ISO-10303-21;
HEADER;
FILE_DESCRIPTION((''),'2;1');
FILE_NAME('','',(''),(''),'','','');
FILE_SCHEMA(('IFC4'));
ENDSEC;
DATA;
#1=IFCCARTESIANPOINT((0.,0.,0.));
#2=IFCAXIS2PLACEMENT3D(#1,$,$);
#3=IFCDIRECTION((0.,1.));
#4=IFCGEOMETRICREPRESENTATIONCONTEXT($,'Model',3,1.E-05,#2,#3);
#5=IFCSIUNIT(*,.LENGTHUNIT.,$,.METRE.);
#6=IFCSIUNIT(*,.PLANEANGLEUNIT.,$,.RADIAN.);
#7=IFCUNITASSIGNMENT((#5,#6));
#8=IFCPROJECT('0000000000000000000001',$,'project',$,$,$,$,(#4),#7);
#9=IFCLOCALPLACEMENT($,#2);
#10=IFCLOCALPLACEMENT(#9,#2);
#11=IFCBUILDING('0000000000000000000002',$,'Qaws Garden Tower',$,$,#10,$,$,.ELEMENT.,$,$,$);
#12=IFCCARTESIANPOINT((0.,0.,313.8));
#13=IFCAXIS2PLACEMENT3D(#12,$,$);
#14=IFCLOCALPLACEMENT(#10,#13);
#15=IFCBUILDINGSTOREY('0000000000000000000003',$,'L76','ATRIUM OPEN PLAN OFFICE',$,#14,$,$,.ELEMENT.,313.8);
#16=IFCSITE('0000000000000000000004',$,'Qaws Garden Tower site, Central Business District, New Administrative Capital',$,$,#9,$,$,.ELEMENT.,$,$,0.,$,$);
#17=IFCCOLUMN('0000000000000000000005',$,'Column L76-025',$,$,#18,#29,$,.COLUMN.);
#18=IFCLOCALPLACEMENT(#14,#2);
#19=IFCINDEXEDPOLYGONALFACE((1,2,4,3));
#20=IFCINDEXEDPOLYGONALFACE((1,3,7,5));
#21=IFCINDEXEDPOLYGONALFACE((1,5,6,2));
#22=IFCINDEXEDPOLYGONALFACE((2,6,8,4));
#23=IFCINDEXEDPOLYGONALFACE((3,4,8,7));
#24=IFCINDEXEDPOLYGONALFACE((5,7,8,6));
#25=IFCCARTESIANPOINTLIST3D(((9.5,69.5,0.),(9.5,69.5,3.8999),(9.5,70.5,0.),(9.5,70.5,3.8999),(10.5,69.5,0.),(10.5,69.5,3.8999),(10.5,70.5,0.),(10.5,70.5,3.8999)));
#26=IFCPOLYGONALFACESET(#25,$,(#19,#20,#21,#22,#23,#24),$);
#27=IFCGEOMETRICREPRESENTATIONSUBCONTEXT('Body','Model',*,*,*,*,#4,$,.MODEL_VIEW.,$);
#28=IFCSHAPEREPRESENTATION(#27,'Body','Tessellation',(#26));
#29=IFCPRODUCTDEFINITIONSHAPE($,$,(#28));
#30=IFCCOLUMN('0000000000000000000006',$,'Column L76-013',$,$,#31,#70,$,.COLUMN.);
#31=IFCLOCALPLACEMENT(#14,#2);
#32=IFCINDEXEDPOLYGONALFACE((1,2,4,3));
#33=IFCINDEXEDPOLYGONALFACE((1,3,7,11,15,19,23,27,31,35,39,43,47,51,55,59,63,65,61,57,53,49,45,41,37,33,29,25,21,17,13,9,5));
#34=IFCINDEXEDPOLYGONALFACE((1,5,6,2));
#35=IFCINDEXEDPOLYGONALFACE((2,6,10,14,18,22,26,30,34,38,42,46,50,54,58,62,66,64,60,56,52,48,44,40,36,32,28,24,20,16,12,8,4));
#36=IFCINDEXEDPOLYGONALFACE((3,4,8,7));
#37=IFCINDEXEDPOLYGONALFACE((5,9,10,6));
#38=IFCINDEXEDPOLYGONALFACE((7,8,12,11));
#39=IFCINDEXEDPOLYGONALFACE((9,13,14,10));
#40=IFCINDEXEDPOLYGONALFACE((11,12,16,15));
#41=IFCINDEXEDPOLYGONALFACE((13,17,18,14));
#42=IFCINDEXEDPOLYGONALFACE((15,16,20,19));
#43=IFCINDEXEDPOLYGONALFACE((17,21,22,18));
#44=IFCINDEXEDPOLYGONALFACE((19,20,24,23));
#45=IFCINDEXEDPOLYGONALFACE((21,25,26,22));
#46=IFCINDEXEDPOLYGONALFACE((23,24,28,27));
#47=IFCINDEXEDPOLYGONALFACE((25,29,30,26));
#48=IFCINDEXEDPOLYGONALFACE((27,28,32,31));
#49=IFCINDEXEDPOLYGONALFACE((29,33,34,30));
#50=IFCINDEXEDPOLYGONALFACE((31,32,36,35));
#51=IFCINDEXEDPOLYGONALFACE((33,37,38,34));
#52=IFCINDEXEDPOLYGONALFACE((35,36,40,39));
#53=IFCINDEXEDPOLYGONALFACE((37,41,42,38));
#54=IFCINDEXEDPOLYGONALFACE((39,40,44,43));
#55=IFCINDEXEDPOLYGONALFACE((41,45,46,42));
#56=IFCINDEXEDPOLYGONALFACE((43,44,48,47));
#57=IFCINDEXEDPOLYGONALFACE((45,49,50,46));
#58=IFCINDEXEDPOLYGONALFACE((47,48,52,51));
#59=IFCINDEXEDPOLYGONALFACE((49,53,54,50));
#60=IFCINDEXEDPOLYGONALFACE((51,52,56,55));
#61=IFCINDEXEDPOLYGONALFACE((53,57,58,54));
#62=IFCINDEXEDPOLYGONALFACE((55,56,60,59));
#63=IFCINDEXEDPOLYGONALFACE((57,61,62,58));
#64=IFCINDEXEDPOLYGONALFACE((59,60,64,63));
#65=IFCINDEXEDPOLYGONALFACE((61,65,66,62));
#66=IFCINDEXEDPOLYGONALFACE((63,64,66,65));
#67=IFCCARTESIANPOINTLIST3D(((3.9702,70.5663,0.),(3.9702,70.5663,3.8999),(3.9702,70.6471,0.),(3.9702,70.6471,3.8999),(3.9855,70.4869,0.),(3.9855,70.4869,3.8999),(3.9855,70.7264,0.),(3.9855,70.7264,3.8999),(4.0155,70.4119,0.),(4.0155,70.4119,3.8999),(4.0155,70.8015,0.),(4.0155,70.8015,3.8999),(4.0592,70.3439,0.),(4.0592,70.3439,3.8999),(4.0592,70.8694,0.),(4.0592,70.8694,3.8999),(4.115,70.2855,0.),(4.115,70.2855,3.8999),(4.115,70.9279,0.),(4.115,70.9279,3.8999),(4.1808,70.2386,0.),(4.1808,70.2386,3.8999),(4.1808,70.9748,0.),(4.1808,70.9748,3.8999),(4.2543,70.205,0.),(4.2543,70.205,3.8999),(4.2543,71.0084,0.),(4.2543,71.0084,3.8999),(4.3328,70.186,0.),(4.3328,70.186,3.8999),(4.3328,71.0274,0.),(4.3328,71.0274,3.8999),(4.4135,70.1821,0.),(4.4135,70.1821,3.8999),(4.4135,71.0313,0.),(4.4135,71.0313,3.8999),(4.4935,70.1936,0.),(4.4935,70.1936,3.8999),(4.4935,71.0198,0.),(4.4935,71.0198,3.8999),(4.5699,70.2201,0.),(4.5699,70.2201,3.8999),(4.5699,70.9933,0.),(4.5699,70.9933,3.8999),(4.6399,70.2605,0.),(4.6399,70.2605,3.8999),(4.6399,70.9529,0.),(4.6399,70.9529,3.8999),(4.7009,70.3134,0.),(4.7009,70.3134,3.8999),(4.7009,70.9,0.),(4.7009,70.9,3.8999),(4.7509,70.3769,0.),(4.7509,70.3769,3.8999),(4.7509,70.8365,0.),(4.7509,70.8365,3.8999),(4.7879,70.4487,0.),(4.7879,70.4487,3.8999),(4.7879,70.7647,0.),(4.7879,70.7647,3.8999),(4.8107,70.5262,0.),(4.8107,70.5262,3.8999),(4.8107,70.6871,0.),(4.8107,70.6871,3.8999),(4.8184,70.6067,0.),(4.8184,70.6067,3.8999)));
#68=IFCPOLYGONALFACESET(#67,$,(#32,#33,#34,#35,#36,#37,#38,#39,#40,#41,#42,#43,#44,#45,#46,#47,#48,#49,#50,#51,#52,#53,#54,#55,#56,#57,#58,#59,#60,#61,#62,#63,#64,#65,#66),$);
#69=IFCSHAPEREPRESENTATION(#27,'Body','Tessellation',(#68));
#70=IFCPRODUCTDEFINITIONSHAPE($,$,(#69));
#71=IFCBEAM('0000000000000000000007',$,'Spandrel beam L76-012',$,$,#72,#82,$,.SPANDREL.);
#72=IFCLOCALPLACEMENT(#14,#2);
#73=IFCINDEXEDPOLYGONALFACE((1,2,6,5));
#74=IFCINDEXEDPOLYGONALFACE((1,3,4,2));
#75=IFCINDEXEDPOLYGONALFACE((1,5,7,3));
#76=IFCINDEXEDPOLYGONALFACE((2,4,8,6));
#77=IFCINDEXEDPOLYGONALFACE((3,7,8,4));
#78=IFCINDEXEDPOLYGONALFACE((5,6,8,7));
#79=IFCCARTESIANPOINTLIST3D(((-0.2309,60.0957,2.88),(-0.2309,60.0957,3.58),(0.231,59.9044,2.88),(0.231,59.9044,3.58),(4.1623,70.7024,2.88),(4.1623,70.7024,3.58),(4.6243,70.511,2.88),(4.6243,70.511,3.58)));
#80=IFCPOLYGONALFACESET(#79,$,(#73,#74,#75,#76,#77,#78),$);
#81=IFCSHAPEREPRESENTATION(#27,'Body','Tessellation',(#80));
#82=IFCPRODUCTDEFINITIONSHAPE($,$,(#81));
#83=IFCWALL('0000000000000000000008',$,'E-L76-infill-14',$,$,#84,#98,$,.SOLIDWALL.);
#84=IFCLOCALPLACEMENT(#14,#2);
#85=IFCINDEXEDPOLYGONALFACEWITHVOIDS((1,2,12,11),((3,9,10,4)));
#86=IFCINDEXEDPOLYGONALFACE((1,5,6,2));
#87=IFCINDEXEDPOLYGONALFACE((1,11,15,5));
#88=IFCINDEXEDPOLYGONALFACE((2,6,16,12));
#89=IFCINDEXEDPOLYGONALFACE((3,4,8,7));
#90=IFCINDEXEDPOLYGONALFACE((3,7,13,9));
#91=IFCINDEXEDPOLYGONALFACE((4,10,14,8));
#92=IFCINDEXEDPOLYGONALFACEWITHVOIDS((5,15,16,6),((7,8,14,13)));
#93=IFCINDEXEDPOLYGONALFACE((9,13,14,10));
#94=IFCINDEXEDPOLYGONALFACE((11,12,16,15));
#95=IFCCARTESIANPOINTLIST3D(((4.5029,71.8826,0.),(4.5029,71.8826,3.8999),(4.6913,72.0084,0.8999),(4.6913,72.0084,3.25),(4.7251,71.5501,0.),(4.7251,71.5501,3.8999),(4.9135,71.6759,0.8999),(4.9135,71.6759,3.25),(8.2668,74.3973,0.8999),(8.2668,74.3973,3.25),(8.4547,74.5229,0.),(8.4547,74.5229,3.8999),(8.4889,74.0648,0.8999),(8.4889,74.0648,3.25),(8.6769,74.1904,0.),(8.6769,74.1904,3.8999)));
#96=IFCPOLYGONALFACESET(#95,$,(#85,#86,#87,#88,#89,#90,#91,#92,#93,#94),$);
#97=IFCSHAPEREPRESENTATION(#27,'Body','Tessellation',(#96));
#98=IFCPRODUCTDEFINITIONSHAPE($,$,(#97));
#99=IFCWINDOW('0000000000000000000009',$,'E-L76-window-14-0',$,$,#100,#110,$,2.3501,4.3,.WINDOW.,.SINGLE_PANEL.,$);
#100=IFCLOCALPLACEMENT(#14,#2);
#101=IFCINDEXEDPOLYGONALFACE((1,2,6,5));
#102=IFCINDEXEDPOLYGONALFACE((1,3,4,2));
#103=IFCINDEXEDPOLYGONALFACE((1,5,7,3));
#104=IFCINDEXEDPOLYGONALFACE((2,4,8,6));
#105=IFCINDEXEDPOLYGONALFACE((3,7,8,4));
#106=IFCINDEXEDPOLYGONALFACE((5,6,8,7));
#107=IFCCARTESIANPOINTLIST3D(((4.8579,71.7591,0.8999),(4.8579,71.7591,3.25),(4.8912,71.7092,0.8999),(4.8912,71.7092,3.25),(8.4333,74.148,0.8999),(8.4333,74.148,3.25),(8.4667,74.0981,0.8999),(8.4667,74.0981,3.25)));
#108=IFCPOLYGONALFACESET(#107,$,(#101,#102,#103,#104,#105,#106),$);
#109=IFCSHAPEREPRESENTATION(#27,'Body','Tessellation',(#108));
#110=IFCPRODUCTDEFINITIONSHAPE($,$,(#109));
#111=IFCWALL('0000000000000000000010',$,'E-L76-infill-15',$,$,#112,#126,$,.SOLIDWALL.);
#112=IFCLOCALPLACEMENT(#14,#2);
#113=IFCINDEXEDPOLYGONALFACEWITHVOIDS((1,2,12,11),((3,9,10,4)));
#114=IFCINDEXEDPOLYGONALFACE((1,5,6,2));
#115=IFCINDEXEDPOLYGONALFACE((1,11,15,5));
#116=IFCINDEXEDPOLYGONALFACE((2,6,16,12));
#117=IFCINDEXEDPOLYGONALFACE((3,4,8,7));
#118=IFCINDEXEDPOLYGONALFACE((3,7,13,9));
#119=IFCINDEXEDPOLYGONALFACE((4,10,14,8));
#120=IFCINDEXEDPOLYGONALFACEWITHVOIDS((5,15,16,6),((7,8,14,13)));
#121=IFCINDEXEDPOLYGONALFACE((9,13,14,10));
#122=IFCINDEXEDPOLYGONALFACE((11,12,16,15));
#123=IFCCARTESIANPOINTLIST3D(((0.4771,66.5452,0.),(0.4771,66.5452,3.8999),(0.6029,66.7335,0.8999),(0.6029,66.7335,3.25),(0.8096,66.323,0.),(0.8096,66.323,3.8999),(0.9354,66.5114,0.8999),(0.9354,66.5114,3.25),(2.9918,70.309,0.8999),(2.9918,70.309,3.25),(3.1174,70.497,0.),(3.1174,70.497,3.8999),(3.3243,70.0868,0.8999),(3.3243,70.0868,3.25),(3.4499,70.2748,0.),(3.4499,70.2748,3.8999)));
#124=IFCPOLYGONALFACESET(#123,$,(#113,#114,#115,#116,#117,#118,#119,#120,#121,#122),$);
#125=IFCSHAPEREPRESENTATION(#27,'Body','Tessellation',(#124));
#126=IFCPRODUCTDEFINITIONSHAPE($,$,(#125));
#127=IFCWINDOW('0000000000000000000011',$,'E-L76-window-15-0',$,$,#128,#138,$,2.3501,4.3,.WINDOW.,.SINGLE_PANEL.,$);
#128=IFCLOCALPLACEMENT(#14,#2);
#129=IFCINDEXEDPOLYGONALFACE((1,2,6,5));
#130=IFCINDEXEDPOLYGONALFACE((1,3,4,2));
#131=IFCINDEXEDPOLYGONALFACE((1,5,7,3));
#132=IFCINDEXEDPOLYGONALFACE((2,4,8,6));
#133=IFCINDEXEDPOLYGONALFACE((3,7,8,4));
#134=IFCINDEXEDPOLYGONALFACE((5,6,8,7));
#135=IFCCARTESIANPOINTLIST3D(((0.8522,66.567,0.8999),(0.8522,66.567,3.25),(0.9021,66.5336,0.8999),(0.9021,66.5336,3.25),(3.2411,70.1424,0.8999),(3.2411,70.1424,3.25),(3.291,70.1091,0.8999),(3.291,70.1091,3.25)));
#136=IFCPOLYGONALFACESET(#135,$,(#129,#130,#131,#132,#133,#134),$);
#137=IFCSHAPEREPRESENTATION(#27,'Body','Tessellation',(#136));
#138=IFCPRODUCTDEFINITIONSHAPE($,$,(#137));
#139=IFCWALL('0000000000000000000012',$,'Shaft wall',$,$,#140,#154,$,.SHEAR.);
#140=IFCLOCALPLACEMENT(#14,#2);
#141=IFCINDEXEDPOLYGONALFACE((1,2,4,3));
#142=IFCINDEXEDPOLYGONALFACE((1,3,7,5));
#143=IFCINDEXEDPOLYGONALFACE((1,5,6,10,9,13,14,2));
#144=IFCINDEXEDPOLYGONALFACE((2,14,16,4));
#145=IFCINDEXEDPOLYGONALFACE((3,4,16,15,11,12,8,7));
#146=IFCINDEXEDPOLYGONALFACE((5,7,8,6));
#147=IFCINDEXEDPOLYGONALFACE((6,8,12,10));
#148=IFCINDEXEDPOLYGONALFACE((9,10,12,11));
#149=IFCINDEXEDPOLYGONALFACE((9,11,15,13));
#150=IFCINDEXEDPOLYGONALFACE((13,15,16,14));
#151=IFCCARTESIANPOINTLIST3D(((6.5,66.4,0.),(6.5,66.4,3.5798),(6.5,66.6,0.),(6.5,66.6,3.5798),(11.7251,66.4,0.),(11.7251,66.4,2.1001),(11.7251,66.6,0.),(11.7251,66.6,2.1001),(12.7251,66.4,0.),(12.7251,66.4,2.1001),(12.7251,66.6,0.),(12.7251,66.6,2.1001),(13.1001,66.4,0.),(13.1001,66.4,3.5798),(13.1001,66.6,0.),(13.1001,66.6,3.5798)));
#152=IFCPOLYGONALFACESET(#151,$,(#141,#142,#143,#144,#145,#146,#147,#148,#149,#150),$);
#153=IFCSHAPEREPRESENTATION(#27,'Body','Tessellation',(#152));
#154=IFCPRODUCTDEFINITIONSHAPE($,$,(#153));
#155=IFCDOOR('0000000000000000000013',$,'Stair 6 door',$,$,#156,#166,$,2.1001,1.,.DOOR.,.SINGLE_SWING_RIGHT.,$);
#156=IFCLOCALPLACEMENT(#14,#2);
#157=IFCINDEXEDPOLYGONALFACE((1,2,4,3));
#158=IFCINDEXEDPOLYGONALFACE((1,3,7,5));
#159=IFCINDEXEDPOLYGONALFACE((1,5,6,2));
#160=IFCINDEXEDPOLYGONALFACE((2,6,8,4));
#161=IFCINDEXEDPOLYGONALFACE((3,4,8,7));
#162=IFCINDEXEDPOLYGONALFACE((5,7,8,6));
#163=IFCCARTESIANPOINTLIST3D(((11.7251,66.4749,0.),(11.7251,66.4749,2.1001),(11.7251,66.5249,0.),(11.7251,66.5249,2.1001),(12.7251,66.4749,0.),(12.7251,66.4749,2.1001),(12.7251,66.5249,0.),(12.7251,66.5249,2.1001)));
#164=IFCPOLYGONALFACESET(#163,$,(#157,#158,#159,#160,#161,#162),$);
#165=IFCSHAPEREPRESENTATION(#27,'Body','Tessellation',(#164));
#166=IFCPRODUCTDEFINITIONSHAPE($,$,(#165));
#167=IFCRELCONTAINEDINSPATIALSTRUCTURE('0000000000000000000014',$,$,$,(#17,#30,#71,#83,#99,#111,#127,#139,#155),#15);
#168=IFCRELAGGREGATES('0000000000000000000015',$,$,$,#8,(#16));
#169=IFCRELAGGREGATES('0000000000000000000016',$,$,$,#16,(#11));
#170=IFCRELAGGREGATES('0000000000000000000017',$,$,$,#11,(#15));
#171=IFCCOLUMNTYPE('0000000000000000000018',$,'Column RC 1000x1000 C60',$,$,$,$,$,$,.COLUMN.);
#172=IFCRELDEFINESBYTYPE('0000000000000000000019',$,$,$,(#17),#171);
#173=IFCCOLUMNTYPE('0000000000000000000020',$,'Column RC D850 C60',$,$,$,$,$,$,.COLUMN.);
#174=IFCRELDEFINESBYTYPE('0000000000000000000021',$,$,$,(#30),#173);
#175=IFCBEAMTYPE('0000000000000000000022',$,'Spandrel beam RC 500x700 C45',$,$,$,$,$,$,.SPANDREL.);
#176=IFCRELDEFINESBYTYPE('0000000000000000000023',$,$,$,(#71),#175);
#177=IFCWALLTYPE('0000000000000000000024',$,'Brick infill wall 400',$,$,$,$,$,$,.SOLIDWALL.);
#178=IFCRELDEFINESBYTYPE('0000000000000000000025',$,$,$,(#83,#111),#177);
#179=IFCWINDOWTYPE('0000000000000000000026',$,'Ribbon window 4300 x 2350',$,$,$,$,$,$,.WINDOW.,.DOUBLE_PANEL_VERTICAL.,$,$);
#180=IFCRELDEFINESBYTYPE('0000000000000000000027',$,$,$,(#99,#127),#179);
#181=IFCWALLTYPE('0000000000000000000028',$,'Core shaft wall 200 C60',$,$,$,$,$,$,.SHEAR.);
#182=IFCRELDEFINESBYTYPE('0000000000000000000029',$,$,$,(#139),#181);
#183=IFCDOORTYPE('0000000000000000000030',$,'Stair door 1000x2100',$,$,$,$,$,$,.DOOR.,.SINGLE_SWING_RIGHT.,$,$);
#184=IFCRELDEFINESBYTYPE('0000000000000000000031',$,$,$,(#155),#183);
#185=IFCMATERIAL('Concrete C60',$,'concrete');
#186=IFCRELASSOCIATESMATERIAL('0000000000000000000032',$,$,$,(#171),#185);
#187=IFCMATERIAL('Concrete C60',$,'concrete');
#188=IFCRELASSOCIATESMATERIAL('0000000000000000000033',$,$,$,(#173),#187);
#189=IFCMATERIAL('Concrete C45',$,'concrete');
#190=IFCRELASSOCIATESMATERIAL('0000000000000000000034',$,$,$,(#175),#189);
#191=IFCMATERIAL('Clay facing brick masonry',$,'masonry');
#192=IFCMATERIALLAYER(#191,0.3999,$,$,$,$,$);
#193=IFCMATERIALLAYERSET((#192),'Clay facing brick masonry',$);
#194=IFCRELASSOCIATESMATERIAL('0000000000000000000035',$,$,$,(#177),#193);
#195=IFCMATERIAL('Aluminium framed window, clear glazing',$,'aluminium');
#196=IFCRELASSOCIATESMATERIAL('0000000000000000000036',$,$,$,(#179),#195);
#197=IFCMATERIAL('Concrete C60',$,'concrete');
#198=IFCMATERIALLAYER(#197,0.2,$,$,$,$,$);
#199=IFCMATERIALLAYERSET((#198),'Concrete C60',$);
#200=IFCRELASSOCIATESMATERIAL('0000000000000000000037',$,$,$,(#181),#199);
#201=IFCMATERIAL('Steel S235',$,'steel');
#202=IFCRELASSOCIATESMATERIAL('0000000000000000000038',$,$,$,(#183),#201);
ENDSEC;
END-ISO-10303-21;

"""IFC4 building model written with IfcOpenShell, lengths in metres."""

from ifc_helpers import new_model, si_unit, direction, frame, frame_2d, origin, origin_2d, place, context, subcontext, project, spatial, rectangle, circle, extrude, material, layer, layer_set, material_profile, profile_set, type_object, element, fill, save


model = new_model("IFC4")

# Units and contexts
model_context = context("Model", 3, precision=1e-05, world=origin(), true_north=direction((0.0, 1.0)))
body_context = subcontext(model_context, "Body", "Model", "MODEL_VIEW")
ifc_project = project(units=[si_unit("LENGTHUNIT", "METRE"), si_unit("PLANEANGLEUNIT", "RADIAN")], contexts=[model_context])

# Site, building, storey
site_placement = place(None, origin())
site = spatial("IfcSite", under=ifc_project, at=site_placement, Name="Qaws Garden Tower site, Central Business District, New Administrative Capital", CompositionType="ELEMENT", RefElevation=0.0)
building_placement = place(site_placement, origin())
building = spatial("IfcBuilding", under=site, at=building_placement, Name="Qaws Garden Tower", CompositionType="ELEMENT")
storey_placement = place(building_placement, frame((0.0, 0.0, 313.8)))
storey = spatial("IfcBuildingStorey", under=building, at=storey_placement, Name="L76", Description="ATRIUM OPEN PLAN OFFICE", CompositionType="ELEMENT", Elevation=313.8)

# Columns
ifc_material_1 = material(Name="Concrete C60", Category="concrete")
ifc_material_profile_1 = material_profile(ifc_material_1, rectangle(XDim=1.0, YDim=1.0, at=origin_2d()), Name="RC 1000x1000")
ifc_profile_set_1 = profile_set([ifc_material_profile_1], Name="Concrete C60")
column_type_1 = type_object("IfcColumnType", Name="Column RC 1000x1000 C60", PredefinedType="COLUMN", material=ifc_profile_set_1)
column_1_placement = place(storey_placement, frame((10.0, 70.0, 0.0), z_axis=(0.0, 0.0, 1.0), x_axis=(1.0, 0.0, 0.0)))
element("IfcColumn", 1, at=column_1_placement, inside=storey, type_object=column_type_1, Name="Column L76-025", PredefinedType="COLUMN", context=body_context, shape_type="SweptSolid", body=[
    extrude(rectangle(XDim=1.0, YDim=1.0, at=origin_2d()), origin(), (0.0, 0.0, 1.0), 3.8999),
])
ifc_material_2 = material(Name="Concrete C60", Category="concrete")
ifc_material_profile_2 = material_profile(ifc_material_2, circle(Radius=0.425, at=origin_2d()), Name="RC D850")
ifc_profile_set_2 = profile_set([ifc_material_profile_2], Name="Concrete C60")
column_type_2 = type_object("IfcColumnType", Name="Column RC D850 C60", PredefinedType="COLUMN", material=ifc_profile_set_2)
column_2_placement = place(storey_placement, frame((4.3933, 70.6067, 0.0), z_axis=(0.0, 0.0, 1.0), x_axis=(1.0, 0.0, 0.0)))
element("IfcColumn", 2, at=column_2_placement, inside=storey, type_object=column_type_2, Name="Column L76-013", PredefinedType="COLUMN", context=body_context, shape_type="SweptSolid", body=[
    extrude(circle(Radius=0.425, at=origin_2d()), origin(), (0.0, 0.0, 1.0), 3.8999),
])

# Beam
ifc_material_3 = material(Name="Concrete C45", Category="concrete")
ifc_material_profile_3 = material_profile(ifc_material_3, rectangle(XDim=0.5, YDim=0.7, at=origin_2d()), Name="RC 500x700")
ifc_profile_set_3 = profile_set([ifc_material_profile_3], Name="Concrete C45")
beam_type = type_object("IfcBeamType", Name="Spandrel beam RC 500x700 C45", PredefinedType="SPANDREL", material=ifc_profile_set_3)
beam_placement = place(storey_placement, frame((4.3933, 70.6067, 3.23), z_axis=(-0.382674, -0.923883, 0.0), x_axis=(0.923883, -0.382674, 0.0)))
element("IfcBeam", 3, at=beam_placement, inside=storey, type_object=beam_type, Name="Spandrel beam L76-012", PredefinedType="SPANDREL", context=body_context, shape_type="SweptSolid", body=[
    extrude(rectangle(XDim=0.5, YDim=0.7, at=origin_2d()), origin(), (0.0, 0.0, 1.0), 11.4805),
])

# Walls, openings, windows
ifc_material_4 = material(Name="Clay facing brick masonry", Category="masonry")
ifc_layer_1 = layer(ifc_material_4, 0.3999)
ifc_layer_set_1 = layer_set([ifc_layer_1], Name="Clay facing brick masonry")
wall_type_1 = type_object("IfcWallType", Name="Brick infill wall 400", PredefinedType="SOLIDWALL", material=ifc_layer_set_1)
wall_1_placement = place(storey_placement, frame((8.5659, 74.3567, 0.0), z_axis=(0.0, 0.0, 1.0), x_axis=(-0.831489, -0.555542, 0.0)))
wall_1 = element("IfcWall", 4, at=wall_1_placement, inside=storey, type_object=wall_type_1, Name="E-L76-infill-14", PredefinedType="SOLIDWALL", context=body_context, shape_type="SweptSolid", body=[
    extrude(rectangle(XDim=4.7527, YDim=0.3999, at=frame_2d((2.3765, 0.0))), origin(), (0.0, 0.0, 1.0), 3.8999),
])
opening_1_placement = place(wall_1_placement, frame((0.2263, 0.0, 0.8999)))
opening_1 = element("IfcOpeningElement", 5, at=opening_1_placement, cuts=wall_1, PredefinedType="OPENING", context=body_context, shape_type="SweptSolid", body=[
    extrude(rectangle(XDim=4.3, YDim=2.3501, at=frame_2d((2.1499, 1.175))), frame((0.0, 0.21, 0.0), z_axis=(0.0, -1.0, 0.0), x_axis=(1.0, 0.0, 0.0)), (0.0, 0.0, 1.0), 0.4199),
])
ifc_material_5 = material(Name="Aluminium framed window, clear glazing", Category="aluminium")
window_type = type_object("IfcWindowType", Name="Ribbon window 4300 x 2350", PartitioningType="DOUBLE_PANEL_VERTICAL", PredefinedType="WINDOW", material=ifc_material_5)
window_1_placement = place(opening_1_placement, origin())
window_1 = element("IfcWindow", 6, at=window_1_placement, inside=storey, type_object=window_type, Name="E-L76-window-14-0", OverallHeight=2.3501, OverallWidth=4.3, PartitioningType="SINGLE_PANEL", PredefinedType="WINDOW", context=body_context, shape_type="SweptSolid", body=[
    extrude(rectangle(XDim=4.3, YDim=2.3501, at=frame_2d((2.1499, 1.175))), frame((0.0, 0.1599, 0.0), z_axis=(0.0, -1.0, 0.0), x_axis=(1.0, 0.0, 0.0)), (0.0, 0.0, 1.0), 0.0601),
])
fill(opening_1, window_1)
wall_2_placement = place(storey_placement, frame((3.2837, 70.386, 0.0), z_axis=(0.0, 0.0, 1.0), x_axis=(-0.555542, -0.831489, 0.0)))
wall_2 = element("IfcWall", 7, at=wall_2_placement, inside=storey, type_object=wall_type_1, Name="E-L76-infill-15", PredefinedType="SOLIDWALL", context=body_context, shape_type="SweptSolid", body=[
    extrude(rectangle(XDim=4.7527, YDim=0.3999, at=frame_2d((2.3765, 0.0))), origin(), (0.0, 0.0, 1.0), 3.8999),
])
opening_2_placement = place(wall_2_placement, frame((0.2263, 0.0, 0.8999)))
opening_2 = element("IfcOpeningElement", 8, at=opening_2_placement, cuts=wall_2, PredefinedType="OPENING", context=body_context, shape_type="SweptSolid", body=[
    extrude(rectangle(XDim=4.3, YDim=2.3501, at=frame_2d((2.1499, 1.175))), frame((0.0, 0.21, 0.0), z_axis=(0.0, -1.0, 0.0), x_axis=(1.0, 0.0, 0.0)), (0.0, 0.0, 1.0), 0.4199),
])
window_2_placement = place(opening_2_placement, origin())
window_2 = element("IfcWindow", 9, at=window_2_placement, inside=storey, type_object=window_type, Name="E-L76-window-15-0", OverallHeight=2.3501, OverallWidth=4.3, PartitioningType="SINGLE_PANEL", PredefinedType="WINDOW", context=body_context, shape_type="SweptSolid", body=[
    extrude(rectangle(XDim=4.3, YDim=2.3501, at=frame_2d((2.1499, 1.175))), frame((0.0, 0.1599, 0.0), z_axis=(0.0, -1.0, 0.0), x_axis=(1.0, 0.0, 0.0)), (0.0, 0.0, 1.0), 0.0601),
])
fill(opening_2, window_2)

# Wall, opening, door
ifc_material_6 = material(Name="Concrete C60", Category="concrete")
ifc_layer_2 = layer(ifc_material_6, 0.2)
ifc_layer_set_2 = layer_set([ifc_layer_2], Name="Concrete C60")
wall_type_2 = type_object("IfcWallType", Name="Core shaft wall 200 C60", PredefinedType="SHEAR", material=ifc_layer_set_2)
wall_3_placement = place(storey_placement, frame((6.5, 66.5, 0.0), z_axis=(0.0, 0.0, 1.0), x_axis=(1.0, 0.0, 0.0)))
wall_3 = element("IfcWall", 10, at=wall_3_placement, inside=storey, type_object=wall_type_2, Name="Shaft wall", PredefinedType="SHEAR", context=body_context, shape_type="SweptSolid", body=[
    extrude(rectangle(XDim=6.6001, YDim=0.2, at=frame_2d((3.3, 0.0))), origin(), (0.0, 0.0, 1.0), 3.5798),
])
opening_3_placement = place(wall_3_placement, frame((5.2251, 0.0, 0.0)))
opening_3 = element("IfcOpeningElement", 11, at=opening_3_placement, cuts=wall_3, PredefinedType="OPENING", context=body_context, shape_type="SweptSolid", body=[
    extrude(rectangle(XDim=1.0, YDim=2.1001, at=frame_2d((0.5, 1.05))), frame((0.0, 0.1099, 0.0), z_axis=(0.0, -1.0, 0.0), x_axis=(1.0, 0.0, 0.0)), (0.0, 0.0, 1.0), 0.22),
])
ifc_material_7 = material(Name="Steel S235", Category="steel")
door_type = type_object("IfcDoorType", Name="Stair door 1000x2100", OperationType="SINGLE_SWING_RIGHT", PredefinedType="DOOR", material=ifc_material_7)
door_1_placement = place(opening_3_placement, origin())
door_1 = element("IfcDoor", 12, at=door_1_placement, inside=storey, type_object=door_type, Name="Stair 6 door", OperationType="SINGLE_SWING_RIGHT", OverallHeight=2.1001, OverallWidth=1.0, PredefinedType="DOOR", context=body_context, shape_type="SweptSolid", body=[
    extrude(rectangle(XDim=1.0, YDim=2.1001, at=frame_2d((0.5, 1.05))), frame((0.0, 0.0249, 0.0), z_axis=(0.0, -1.0, 0.0), x_axis=(1.0, 0.0, 0.0)), (0.0, 0.0, 1.0), 0.05),
])
fill(opening_3, door_1)

save(model, "model.ifc")
